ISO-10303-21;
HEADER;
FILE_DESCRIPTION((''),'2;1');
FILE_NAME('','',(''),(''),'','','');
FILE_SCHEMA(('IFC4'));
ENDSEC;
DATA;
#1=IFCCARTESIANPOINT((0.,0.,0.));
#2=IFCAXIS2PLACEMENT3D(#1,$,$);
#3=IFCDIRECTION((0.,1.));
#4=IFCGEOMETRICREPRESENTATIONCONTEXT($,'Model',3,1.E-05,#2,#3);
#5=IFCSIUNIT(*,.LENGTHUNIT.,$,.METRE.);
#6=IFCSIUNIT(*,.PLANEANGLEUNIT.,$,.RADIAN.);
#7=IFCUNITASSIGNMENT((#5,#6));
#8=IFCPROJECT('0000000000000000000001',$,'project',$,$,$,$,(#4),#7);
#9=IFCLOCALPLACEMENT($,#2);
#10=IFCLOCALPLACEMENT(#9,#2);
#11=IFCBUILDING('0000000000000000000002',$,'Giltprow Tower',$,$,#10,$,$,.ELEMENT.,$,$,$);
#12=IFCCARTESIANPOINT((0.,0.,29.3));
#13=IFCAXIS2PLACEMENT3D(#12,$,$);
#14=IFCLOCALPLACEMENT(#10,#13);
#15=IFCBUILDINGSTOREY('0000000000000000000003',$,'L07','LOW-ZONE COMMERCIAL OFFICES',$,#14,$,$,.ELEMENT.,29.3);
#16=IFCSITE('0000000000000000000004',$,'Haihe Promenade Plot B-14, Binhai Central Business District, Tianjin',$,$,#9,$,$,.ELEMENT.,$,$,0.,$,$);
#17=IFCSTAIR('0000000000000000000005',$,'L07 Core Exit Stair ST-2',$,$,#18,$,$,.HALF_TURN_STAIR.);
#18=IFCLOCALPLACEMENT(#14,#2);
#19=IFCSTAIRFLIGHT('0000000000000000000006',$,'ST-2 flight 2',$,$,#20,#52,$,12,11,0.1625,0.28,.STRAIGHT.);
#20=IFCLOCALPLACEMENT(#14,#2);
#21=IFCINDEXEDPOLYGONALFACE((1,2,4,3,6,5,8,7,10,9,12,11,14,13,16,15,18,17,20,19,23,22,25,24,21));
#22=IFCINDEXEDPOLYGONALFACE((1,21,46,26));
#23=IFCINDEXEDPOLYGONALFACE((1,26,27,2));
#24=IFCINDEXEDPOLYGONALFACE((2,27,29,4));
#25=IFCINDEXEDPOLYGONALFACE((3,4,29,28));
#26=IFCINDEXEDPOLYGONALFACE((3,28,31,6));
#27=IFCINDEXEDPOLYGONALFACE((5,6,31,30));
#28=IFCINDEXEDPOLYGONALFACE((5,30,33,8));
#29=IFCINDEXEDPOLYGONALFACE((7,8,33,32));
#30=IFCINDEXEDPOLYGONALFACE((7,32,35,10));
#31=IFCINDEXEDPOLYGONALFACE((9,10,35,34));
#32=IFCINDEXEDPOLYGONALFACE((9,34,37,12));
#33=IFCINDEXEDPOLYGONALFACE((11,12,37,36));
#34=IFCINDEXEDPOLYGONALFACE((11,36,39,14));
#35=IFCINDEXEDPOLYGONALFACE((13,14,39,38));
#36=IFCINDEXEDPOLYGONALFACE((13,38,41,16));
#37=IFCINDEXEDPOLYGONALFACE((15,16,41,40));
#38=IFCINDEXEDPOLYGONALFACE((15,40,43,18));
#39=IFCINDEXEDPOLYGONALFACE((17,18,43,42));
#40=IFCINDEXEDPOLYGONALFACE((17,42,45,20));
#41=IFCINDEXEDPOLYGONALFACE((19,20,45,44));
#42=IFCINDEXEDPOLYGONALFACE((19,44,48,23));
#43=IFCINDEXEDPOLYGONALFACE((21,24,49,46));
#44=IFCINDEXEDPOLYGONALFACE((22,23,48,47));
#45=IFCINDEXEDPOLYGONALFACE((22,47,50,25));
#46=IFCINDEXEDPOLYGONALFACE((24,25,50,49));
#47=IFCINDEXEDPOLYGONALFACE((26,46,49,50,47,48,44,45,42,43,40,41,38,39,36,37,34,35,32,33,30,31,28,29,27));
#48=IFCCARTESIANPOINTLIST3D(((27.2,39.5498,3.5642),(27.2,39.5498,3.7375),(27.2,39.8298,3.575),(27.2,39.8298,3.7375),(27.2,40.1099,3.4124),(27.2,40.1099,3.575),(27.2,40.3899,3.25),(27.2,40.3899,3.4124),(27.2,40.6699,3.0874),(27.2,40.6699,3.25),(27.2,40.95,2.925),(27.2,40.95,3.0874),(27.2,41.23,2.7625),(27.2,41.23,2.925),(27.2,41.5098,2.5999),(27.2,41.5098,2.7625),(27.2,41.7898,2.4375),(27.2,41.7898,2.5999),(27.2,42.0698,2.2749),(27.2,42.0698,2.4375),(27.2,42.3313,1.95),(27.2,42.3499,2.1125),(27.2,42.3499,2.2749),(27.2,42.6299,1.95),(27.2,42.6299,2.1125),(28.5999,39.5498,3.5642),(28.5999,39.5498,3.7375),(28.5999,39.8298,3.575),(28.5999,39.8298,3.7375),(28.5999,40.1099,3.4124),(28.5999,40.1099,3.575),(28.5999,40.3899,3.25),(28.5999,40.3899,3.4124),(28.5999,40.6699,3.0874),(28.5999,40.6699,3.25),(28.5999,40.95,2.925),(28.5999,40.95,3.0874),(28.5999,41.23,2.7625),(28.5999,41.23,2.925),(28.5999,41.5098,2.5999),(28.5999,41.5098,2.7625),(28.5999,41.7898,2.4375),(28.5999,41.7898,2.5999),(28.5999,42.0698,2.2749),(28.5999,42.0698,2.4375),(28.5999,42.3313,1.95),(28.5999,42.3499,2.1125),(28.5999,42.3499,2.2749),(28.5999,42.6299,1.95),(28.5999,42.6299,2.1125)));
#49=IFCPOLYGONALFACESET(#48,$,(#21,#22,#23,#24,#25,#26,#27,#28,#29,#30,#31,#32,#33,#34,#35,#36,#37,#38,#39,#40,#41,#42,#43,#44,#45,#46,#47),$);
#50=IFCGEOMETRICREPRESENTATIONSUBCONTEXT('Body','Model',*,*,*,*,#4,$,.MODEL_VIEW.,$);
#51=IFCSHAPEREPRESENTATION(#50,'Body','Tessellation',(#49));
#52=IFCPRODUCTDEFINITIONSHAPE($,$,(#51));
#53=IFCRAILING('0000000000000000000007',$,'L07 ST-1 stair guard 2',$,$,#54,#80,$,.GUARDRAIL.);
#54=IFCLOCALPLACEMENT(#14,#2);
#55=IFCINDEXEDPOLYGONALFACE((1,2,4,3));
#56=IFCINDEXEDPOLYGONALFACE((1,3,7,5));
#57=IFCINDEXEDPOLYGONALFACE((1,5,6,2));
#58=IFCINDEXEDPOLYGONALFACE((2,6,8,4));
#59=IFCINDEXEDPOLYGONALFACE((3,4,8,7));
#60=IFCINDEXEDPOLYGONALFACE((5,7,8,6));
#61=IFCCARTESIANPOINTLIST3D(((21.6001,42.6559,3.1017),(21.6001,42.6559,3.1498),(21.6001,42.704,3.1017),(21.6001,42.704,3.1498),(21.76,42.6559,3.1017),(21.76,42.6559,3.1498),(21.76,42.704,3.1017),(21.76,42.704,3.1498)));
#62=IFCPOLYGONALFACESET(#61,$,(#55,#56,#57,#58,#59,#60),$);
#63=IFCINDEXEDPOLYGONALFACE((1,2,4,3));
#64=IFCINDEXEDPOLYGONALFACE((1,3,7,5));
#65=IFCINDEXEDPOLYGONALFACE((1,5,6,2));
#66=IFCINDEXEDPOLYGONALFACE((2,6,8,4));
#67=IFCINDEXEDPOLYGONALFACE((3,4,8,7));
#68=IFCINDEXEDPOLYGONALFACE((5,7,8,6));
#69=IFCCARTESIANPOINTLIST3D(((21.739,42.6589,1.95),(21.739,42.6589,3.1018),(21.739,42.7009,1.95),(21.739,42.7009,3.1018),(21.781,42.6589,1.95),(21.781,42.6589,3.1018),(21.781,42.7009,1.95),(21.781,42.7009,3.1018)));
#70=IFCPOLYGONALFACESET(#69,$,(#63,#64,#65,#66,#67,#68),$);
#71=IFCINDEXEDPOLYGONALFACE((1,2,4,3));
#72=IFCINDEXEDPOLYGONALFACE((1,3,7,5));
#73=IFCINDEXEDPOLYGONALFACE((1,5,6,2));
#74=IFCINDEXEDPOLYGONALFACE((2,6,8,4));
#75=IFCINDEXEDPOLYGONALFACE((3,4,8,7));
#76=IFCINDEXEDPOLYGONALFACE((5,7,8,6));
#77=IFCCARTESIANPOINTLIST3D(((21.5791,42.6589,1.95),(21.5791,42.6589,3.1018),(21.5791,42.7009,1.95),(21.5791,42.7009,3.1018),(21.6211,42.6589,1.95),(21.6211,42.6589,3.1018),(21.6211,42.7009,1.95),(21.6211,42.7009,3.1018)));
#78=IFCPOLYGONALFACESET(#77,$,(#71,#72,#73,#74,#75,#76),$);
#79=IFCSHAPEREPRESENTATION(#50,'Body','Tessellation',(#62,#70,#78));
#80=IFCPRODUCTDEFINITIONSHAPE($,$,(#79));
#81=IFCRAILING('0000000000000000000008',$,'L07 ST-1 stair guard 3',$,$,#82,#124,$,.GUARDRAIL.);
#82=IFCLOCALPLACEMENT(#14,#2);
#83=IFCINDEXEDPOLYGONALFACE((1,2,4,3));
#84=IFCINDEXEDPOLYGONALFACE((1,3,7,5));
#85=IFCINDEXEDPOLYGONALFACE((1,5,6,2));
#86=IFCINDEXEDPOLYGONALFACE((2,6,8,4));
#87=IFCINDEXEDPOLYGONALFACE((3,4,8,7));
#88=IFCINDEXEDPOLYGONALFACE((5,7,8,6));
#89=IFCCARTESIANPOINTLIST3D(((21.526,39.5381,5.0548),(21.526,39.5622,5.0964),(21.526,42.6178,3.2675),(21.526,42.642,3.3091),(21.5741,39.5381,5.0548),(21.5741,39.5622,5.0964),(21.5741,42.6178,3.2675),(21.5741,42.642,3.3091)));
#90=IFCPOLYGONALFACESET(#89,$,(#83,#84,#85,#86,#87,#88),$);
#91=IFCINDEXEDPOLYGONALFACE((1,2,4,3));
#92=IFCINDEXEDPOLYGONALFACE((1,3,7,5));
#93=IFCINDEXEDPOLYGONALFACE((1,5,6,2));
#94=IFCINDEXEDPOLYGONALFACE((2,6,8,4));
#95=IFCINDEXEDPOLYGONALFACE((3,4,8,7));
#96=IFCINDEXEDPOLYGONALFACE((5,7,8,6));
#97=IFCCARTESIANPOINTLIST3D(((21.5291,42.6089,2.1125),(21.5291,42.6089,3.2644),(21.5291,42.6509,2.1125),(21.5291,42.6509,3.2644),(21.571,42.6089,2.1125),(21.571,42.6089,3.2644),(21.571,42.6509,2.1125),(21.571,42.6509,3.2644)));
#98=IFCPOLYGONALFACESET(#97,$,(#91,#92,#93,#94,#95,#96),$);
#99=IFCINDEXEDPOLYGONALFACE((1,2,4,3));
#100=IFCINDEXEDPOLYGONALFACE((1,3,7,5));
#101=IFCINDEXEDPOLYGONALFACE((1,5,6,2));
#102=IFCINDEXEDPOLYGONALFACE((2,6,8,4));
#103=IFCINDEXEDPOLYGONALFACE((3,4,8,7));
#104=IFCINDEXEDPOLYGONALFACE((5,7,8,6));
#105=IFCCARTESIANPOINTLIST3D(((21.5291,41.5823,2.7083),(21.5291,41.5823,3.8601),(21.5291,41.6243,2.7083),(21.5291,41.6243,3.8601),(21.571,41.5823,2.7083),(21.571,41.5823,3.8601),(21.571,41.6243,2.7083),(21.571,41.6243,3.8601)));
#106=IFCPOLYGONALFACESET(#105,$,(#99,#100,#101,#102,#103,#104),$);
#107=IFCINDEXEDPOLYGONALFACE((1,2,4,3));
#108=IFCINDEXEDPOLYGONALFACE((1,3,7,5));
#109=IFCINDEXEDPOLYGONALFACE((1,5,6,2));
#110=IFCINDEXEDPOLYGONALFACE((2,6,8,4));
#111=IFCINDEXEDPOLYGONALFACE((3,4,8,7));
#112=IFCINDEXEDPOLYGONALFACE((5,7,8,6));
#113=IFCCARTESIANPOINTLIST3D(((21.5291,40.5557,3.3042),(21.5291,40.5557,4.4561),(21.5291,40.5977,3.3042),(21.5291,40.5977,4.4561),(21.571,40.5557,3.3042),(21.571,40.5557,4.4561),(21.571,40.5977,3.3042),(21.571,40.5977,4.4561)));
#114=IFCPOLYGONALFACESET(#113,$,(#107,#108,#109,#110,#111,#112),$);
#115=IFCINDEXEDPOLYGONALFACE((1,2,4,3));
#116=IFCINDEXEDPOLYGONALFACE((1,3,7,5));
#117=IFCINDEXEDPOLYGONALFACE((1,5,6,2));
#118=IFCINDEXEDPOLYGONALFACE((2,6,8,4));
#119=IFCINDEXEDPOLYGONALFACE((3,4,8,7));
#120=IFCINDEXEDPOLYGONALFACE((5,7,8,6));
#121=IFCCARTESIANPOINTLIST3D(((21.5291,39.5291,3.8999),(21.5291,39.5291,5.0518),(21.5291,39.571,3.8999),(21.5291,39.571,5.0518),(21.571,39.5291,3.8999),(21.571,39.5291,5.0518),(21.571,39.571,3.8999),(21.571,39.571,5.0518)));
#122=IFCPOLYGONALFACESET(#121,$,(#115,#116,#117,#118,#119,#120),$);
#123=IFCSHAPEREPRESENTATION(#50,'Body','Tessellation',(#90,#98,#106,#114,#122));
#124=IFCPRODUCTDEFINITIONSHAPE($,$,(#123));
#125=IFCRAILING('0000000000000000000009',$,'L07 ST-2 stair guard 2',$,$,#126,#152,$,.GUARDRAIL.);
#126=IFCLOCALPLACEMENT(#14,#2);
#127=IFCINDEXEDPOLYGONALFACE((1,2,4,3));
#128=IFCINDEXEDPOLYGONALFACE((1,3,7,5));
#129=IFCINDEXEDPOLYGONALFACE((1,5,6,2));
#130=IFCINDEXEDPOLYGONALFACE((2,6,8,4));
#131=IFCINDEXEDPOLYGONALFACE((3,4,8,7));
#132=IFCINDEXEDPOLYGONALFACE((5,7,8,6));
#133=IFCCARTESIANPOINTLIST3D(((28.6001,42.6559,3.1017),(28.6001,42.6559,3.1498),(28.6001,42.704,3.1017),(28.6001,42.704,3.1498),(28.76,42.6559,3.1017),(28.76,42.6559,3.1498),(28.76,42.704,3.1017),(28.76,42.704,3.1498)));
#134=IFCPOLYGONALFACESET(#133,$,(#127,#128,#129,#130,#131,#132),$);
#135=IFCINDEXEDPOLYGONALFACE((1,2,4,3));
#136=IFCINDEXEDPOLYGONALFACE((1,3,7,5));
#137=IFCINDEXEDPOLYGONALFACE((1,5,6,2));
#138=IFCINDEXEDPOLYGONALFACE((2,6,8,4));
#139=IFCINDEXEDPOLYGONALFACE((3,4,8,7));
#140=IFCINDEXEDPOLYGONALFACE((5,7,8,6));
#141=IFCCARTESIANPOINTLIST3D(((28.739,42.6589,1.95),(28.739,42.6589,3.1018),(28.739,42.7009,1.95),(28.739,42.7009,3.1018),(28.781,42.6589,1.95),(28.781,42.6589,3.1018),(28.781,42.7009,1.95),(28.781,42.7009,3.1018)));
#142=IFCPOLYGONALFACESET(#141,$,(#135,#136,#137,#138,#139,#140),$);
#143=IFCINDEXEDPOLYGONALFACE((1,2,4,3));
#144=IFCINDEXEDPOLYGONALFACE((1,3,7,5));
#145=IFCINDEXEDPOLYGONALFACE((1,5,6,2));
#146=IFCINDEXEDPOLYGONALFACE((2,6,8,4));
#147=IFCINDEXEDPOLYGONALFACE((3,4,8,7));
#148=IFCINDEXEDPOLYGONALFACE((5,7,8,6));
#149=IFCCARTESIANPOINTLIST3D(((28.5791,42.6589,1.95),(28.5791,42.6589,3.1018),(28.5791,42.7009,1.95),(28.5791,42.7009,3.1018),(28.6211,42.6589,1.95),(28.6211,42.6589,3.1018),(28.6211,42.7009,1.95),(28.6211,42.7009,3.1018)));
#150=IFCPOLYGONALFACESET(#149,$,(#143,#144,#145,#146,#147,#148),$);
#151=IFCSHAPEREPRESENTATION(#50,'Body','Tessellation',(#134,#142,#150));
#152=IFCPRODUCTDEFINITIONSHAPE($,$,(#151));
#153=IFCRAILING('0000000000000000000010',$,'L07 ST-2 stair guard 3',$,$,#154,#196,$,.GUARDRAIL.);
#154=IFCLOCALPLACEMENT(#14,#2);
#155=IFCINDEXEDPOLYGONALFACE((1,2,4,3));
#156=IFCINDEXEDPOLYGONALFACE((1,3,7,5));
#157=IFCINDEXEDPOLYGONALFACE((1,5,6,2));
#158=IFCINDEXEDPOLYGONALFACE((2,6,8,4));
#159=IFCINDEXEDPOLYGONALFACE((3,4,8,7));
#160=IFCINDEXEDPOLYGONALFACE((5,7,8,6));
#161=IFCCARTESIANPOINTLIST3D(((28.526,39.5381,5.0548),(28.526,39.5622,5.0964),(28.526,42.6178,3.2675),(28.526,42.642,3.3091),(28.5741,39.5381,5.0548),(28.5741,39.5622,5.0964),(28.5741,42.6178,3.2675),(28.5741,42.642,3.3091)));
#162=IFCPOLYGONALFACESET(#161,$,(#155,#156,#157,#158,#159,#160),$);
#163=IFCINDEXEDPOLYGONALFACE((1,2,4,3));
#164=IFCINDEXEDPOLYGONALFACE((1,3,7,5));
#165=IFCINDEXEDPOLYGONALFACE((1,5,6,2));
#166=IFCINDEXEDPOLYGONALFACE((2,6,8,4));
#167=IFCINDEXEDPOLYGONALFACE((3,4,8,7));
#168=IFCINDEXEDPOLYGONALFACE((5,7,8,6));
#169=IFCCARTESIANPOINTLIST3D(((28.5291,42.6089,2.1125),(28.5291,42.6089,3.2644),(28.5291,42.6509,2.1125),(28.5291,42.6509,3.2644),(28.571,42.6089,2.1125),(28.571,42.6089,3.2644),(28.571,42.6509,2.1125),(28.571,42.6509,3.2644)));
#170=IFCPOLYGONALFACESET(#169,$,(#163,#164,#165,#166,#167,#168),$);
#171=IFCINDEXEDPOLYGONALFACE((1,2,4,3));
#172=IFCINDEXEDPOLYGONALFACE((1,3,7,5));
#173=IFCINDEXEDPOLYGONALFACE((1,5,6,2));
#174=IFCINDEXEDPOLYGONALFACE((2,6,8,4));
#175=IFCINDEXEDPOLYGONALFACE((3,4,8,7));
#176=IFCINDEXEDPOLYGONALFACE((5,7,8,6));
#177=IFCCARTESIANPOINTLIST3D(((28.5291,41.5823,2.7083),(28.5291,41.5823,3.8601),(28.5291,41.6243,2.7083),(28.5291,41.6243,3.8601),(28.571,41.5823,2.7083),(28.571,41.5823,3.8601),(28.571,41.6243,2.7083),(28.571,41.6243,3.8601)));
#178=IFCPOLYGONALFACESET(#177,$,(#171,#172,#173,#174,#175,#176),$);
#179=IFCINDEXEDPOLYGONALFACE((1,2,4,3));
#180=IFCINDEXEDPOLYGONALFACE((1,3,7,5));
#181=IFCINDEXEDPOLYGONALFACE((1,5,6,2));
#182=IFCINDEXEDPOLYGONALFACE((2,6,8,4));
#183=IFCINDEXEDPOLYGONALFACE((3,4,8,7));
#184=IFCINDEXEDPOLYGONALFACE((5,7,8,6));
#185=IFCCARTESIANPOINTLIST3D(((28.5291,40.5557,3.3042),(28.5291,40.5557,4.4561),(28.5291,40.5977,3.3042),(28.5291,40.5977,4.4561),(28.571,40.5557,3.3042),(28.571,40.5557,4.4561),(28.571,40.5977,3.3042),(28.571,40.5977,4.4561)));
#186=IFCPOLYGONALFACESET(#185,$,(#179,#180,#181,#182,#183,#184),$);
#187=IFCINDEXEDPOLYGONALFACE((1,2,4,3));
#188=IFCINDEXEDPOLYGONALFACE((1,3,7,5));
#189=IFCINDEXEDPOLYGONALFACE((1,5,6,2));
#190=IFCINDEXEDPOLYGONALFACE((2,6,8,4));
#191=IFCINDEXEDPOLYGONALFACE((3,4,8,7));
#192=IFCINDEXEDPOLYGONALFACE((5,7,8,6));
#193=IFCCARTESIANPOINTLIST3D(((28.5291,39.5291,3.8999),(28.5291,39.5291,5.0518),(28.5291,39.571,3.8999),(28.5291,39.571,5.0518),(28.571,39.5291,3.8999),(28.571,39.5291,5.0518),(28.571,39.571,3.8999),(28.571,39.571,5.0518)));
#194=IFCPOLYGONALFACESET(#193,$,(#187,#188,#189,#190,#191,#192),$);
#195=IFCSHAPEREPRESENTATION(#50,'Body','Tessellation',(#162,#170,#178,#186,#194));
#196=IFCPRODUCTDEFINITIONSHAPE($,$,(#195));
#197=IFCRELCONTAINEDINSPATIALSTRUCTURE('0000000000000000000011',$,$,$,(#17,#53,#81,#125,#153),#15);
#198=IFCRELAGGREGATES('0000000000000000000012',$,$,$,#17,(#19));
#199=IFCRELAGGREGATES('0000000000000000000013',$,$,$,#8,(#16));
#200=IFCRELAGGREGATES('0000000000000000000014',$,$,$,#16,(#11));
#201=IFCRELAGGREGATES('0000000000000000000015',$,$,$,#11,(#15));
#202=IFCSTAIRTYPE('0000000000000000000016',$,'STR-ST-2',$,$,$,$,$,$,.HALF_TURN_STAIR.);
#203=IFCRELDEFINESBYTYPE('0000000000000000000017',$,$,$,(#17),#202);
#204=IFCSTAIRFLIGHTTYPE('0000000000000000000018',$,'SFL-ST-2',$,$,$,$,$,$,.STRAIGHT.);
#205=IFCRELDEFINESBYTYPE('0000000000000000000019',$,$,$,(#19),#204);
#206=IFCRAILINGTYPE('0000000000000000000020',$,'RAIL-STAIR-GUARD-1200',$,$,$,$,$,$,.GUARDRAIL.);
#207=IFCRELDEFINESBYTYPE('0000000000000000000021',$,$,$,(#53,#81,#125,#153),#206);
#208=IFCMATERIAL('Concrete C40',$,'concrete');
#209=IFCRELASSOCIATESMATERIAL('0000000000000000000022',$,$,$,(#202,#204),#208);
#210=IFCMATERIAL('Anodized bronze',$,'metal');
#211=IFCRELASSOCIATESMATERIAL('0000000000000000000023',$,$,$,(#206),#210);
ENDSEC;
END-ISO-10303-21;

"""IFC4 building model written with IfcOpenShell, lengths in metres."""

from ifc_helpers import new_model, si_unit, direction, frame, origin, origin_2d, place, context, subcontext, project, spatial, polyline, rectangle, outline, extrude, material, type_object, element, aggregate, save


model = new_model("IFC4")

# Units and contexts
model_context = context("Model", 3, precision=1e-05, world=origin(), true_north=direction((0.0, 1.0)))
body_context = subcontext(model_context, "Body", "Model", "MODEL_VIEW")
ifc_project = project(units=[si_unit("LENGTHUNIT", "METRE"), si_unit("PLANEANGLEUNIT", "RADIAN")], contexts=[model_context])

# Site, building, storey
site_placement = place(None, origin())
site = spatial("IfcSite", under=ifc_project, at=site_placement, Name="Haihe Promenade Plot B-14, Binhai Central Business District, Tianjin", CompositionType="ELEMENT", RefElevation=0.0)
building_placement = place(site_placement, origin())
building = spatial("IfcBuilding", under=site, at=building_placement, Name="Giltprow Tower", CompositionType="ELEMENT")
storey_placement = place(building_placement, frame((0.0, 0.0, 29.3)))
storey = spatial("IfcBuildingStorey", under=building, at=storey_placement, Name="L07", Description="LOW-ZONE COMMERCIAL OFFICES", CompositionType="ELEMENT", Elevation=29.3)

# Shared definitions
ifc_material_1 = material(Name="Concrete C40", Category="concrete")

# Stair, stair flight
stair_type_1 = type_object("IfcStairType", Name="STR-ST-2", PredefinedType="HALF_TURN_STAIR", material=ifc_material_1)
stair_1_placement = place(storey_placement, origin())
stair_1 = element("IfcStair", 1, at=stair_1_placement, inside=storey, type_object=stair_type_1, Name="L07 Core Exit Stair ST-2", PredefinedType="HALF_TURN_STAIR")
stair_flight_type_1 = type_object("IfcStairFlightType", Name="SFL-ST-2", PredefinedType="STRAIGHT", material=ifc_material_1)
stair_flight_1_placement = place(storey_placement, frame((27.8999, 42.6299, 1.95), z_axis=(0.0, 0.0, 1.0), x_axis=(0.0, -1.0, 0.0)))
stair_flight_1 = element("IfcStairFlight", 2, at=stair_flight_1_placement, type_object=stair_flight_type_1, Name="ST-2 flight 2", NumberOfRisers=12, NumberOfTreads=11, PredefinedType="STRAIGHT", RiserHeight=0.1625, TreadLength=0.28, context=body_context, shape_type="SweptSolid", body=[
    extrude(outline(polyline([(0.0, 0.0), (0.0, 0.1626), (0.28, 0.1626), (0.28, 0.325), (0.5601, 0.325), (0.5601, 0.4875), (0.8401, 0.4875), (0.8401, 0.6499), (1.1201, 0.6499), (1.1201, 0.8125), (1.3999, 0.8125), (1.3999, 0.9751), (1.6799, 0.9751), (1.6799, 1.1375), (1.96, 1.1375), (1.96, 1.3), (2.24, 1.3), (2.24, 1.4624), (2.52, 1.4624), (2.52, 1.625), (2.8, 1.625), (2.8, 1.7876), (3.0801, 1.7876), (3.0801, 1.95), (3.0801, 1.6143), (0.2986, 0.0), (0.0, 0.0)])), frame((0.0, 0.7, 0.0), z_axis=(0.0, -1.0, 0.0), x_axis=(1.0, 0.0, 0.0)), (0.0, 0.0, 1.0), 1.3999),
])
aggregate(stair_1, [stair_flight_1])

# Railings
ifc_material_2 = material(Name="Anodized bronze", Category="metal")
railing_type_1 = type_object("IfcRailingType", Name="RAIL-STAIR-GUARD-1200", PredefinedType="GUARDRAIL", material=ifc_material_2)
railing_1_placement = place(storey_placement, frame((21.76, 42.6799, 1.95)))
element("IfcRailing", 3, at=railing_1_placement, inside=storey, type_object=railing_type_1, Name="L07 ST-1 stair guard 2", PredefinedType="GUARDRAIL", context=body_context, shape_type="SweptSolid", body=[
    extrude(rectangle(XDim=0.0481, YDim=0.0481, at=origin_2d()), frame((0.0, 0.0, 1.1758), z_axis=(-1.0, 0.0, 0.0), x_axis=(0.0, -1.0, 0.0)), (0.0, 0.0, 1.0), 0.1599),
    extrude(rectangle(XDim=0.042, YDim=0.042, at=origin_2d()), origin(), (0.0, 0.0, 1.0), 1.1519),
    extrude(rectangle(XDim=0.042, YDim=0.042, at=origin_2d()), frame((-0.1599, 0.0, 0.0)), (0.0, 0.0, 1.0), 1.1519),
])
railing_2_placement = place(storey_placement, frame((21.55, 42.6299, 2.1125)))
element("IfcRailing", 4, at=railing_2_placement, inside=storey, type_object=railing_type_1, Name="L07 ST-1 stair guard 3", PredefinedType="GUARDRAIL", context=body_context, shape_type="SweptSolid", body=[
    extrude(rectangle(XDim=0.0481, YDim=0.0481, at=origin_2d()), frame((0.0, 0.0, 1.1758), z_axis=(0.0, -0.864903, 0.501939), x_axis=(1.0, 0.0, 0.0)), (0.0, 0.0, 1.0), 3.5608),
    extrude(rectangle(XDim=0.042, YDim=0.042, at=origin_2d()), origin(), (0.0, 0.0, 1.0), 1.1519),
    extrude(rectangle(XDim=0.042, YDim=0.042, at=origin_2d()), frame((0.0, -1.0266, 0.5957)), (0.0, 0.0, 1.0), 1.1519),
    extrude(rectangle(XDim=0.042, YDim=0.042, at=origin_2d()), frame((0.0, -2.0532, 1.1917)), (0.0, 0.0, 1.0), 1.1519),
    extrude(rectangle(XDim=0.042, YDim=0.042, at=origin_2d()), frame((0.0, -3.0798, 1.7874)), (0.0, 0.0, 1.0), 1.1519),
])
railing_3_placement = place(storey_placement, frame((28.76, 42.6799, 1.95)))
element("IfcRailing", 5, at=railing_3_placement, inside=storey, type_object=railing_type_1, Name="L07 ST-2 stair guard 2", PredefinedType="GUARDRAIL", context=body_context, shape_type="SweptSolid", body=[
    extrude(rectangle(XDim=0.0481, YDim=0.0481, at=origin_2d()), frame((0.0, 0.0, 1.1758), z_axis=(-1.0, 0.0, 0.0), x_axis=(0.0, -1.0, 0.0)), (0.0, 0.0, 1.0), 0.1599),
    extrude(rectangle(XDim=0.042, YDim=0.042, at=origin_2d()), origin(), (0.0, 0.0, 1.0), 1.1519),
    extrude(rectangle(XDim=0.042, YDim=0.042, at=origin_2d()), frame((-0.1599, 0.0, 0.0)), (0.0, 0.0, 1.0), 1.1519),
])
railing_4_placement = place(storey_placement, frame((28.55, 42.6299, 2.1125)))
element("IfcRailing", 6, at=railing_4_placement, inside=storey, type_object=railing_type_1, Name="L07 ST-2 stair guard 3", PredefinedType="GUARDRAIL", context=body_context, shape_type="SweptSolid", body=[
    extrude(rectangle(XDim=0.0481, YDim=0.0481, at=origin_2d()), frame((0.0, 0.0, 1.1758), z_axis=(0.0, -0.864903, 0.501939), x_axis=(1.0, 0.0, 0.0)), (0.0, 0.0, 1.0), 3.5608),
    extrude(rectangle(XDim=0.042, YDim=0.042, at=origin_2d()), origin(), (0.0, 0.0, 1.0), 1.1519),
    extrude(rectangle(XDim=0.042, YDim=0.042, at=origin_2d()), frame((0.0, -1.0266, 0.5957)), (0.0, 0.0, 1.0), 1.1519),
    extrude(rectangle(XDim=0.042, YDim=0.042, at=origin_2d()), frame((0.0, -2.0532, 1.1917)), (0.0, 0.0, 1.0), 1.1519),
    extrude(rectangle(XDim=0.042, YDim=0.042, at=origin_2d()), frame((0.0, -3.0798, 1.7874)), (0.0, 0.0, 1.0), 1.1519),
])

save(model, "model.ifc")
